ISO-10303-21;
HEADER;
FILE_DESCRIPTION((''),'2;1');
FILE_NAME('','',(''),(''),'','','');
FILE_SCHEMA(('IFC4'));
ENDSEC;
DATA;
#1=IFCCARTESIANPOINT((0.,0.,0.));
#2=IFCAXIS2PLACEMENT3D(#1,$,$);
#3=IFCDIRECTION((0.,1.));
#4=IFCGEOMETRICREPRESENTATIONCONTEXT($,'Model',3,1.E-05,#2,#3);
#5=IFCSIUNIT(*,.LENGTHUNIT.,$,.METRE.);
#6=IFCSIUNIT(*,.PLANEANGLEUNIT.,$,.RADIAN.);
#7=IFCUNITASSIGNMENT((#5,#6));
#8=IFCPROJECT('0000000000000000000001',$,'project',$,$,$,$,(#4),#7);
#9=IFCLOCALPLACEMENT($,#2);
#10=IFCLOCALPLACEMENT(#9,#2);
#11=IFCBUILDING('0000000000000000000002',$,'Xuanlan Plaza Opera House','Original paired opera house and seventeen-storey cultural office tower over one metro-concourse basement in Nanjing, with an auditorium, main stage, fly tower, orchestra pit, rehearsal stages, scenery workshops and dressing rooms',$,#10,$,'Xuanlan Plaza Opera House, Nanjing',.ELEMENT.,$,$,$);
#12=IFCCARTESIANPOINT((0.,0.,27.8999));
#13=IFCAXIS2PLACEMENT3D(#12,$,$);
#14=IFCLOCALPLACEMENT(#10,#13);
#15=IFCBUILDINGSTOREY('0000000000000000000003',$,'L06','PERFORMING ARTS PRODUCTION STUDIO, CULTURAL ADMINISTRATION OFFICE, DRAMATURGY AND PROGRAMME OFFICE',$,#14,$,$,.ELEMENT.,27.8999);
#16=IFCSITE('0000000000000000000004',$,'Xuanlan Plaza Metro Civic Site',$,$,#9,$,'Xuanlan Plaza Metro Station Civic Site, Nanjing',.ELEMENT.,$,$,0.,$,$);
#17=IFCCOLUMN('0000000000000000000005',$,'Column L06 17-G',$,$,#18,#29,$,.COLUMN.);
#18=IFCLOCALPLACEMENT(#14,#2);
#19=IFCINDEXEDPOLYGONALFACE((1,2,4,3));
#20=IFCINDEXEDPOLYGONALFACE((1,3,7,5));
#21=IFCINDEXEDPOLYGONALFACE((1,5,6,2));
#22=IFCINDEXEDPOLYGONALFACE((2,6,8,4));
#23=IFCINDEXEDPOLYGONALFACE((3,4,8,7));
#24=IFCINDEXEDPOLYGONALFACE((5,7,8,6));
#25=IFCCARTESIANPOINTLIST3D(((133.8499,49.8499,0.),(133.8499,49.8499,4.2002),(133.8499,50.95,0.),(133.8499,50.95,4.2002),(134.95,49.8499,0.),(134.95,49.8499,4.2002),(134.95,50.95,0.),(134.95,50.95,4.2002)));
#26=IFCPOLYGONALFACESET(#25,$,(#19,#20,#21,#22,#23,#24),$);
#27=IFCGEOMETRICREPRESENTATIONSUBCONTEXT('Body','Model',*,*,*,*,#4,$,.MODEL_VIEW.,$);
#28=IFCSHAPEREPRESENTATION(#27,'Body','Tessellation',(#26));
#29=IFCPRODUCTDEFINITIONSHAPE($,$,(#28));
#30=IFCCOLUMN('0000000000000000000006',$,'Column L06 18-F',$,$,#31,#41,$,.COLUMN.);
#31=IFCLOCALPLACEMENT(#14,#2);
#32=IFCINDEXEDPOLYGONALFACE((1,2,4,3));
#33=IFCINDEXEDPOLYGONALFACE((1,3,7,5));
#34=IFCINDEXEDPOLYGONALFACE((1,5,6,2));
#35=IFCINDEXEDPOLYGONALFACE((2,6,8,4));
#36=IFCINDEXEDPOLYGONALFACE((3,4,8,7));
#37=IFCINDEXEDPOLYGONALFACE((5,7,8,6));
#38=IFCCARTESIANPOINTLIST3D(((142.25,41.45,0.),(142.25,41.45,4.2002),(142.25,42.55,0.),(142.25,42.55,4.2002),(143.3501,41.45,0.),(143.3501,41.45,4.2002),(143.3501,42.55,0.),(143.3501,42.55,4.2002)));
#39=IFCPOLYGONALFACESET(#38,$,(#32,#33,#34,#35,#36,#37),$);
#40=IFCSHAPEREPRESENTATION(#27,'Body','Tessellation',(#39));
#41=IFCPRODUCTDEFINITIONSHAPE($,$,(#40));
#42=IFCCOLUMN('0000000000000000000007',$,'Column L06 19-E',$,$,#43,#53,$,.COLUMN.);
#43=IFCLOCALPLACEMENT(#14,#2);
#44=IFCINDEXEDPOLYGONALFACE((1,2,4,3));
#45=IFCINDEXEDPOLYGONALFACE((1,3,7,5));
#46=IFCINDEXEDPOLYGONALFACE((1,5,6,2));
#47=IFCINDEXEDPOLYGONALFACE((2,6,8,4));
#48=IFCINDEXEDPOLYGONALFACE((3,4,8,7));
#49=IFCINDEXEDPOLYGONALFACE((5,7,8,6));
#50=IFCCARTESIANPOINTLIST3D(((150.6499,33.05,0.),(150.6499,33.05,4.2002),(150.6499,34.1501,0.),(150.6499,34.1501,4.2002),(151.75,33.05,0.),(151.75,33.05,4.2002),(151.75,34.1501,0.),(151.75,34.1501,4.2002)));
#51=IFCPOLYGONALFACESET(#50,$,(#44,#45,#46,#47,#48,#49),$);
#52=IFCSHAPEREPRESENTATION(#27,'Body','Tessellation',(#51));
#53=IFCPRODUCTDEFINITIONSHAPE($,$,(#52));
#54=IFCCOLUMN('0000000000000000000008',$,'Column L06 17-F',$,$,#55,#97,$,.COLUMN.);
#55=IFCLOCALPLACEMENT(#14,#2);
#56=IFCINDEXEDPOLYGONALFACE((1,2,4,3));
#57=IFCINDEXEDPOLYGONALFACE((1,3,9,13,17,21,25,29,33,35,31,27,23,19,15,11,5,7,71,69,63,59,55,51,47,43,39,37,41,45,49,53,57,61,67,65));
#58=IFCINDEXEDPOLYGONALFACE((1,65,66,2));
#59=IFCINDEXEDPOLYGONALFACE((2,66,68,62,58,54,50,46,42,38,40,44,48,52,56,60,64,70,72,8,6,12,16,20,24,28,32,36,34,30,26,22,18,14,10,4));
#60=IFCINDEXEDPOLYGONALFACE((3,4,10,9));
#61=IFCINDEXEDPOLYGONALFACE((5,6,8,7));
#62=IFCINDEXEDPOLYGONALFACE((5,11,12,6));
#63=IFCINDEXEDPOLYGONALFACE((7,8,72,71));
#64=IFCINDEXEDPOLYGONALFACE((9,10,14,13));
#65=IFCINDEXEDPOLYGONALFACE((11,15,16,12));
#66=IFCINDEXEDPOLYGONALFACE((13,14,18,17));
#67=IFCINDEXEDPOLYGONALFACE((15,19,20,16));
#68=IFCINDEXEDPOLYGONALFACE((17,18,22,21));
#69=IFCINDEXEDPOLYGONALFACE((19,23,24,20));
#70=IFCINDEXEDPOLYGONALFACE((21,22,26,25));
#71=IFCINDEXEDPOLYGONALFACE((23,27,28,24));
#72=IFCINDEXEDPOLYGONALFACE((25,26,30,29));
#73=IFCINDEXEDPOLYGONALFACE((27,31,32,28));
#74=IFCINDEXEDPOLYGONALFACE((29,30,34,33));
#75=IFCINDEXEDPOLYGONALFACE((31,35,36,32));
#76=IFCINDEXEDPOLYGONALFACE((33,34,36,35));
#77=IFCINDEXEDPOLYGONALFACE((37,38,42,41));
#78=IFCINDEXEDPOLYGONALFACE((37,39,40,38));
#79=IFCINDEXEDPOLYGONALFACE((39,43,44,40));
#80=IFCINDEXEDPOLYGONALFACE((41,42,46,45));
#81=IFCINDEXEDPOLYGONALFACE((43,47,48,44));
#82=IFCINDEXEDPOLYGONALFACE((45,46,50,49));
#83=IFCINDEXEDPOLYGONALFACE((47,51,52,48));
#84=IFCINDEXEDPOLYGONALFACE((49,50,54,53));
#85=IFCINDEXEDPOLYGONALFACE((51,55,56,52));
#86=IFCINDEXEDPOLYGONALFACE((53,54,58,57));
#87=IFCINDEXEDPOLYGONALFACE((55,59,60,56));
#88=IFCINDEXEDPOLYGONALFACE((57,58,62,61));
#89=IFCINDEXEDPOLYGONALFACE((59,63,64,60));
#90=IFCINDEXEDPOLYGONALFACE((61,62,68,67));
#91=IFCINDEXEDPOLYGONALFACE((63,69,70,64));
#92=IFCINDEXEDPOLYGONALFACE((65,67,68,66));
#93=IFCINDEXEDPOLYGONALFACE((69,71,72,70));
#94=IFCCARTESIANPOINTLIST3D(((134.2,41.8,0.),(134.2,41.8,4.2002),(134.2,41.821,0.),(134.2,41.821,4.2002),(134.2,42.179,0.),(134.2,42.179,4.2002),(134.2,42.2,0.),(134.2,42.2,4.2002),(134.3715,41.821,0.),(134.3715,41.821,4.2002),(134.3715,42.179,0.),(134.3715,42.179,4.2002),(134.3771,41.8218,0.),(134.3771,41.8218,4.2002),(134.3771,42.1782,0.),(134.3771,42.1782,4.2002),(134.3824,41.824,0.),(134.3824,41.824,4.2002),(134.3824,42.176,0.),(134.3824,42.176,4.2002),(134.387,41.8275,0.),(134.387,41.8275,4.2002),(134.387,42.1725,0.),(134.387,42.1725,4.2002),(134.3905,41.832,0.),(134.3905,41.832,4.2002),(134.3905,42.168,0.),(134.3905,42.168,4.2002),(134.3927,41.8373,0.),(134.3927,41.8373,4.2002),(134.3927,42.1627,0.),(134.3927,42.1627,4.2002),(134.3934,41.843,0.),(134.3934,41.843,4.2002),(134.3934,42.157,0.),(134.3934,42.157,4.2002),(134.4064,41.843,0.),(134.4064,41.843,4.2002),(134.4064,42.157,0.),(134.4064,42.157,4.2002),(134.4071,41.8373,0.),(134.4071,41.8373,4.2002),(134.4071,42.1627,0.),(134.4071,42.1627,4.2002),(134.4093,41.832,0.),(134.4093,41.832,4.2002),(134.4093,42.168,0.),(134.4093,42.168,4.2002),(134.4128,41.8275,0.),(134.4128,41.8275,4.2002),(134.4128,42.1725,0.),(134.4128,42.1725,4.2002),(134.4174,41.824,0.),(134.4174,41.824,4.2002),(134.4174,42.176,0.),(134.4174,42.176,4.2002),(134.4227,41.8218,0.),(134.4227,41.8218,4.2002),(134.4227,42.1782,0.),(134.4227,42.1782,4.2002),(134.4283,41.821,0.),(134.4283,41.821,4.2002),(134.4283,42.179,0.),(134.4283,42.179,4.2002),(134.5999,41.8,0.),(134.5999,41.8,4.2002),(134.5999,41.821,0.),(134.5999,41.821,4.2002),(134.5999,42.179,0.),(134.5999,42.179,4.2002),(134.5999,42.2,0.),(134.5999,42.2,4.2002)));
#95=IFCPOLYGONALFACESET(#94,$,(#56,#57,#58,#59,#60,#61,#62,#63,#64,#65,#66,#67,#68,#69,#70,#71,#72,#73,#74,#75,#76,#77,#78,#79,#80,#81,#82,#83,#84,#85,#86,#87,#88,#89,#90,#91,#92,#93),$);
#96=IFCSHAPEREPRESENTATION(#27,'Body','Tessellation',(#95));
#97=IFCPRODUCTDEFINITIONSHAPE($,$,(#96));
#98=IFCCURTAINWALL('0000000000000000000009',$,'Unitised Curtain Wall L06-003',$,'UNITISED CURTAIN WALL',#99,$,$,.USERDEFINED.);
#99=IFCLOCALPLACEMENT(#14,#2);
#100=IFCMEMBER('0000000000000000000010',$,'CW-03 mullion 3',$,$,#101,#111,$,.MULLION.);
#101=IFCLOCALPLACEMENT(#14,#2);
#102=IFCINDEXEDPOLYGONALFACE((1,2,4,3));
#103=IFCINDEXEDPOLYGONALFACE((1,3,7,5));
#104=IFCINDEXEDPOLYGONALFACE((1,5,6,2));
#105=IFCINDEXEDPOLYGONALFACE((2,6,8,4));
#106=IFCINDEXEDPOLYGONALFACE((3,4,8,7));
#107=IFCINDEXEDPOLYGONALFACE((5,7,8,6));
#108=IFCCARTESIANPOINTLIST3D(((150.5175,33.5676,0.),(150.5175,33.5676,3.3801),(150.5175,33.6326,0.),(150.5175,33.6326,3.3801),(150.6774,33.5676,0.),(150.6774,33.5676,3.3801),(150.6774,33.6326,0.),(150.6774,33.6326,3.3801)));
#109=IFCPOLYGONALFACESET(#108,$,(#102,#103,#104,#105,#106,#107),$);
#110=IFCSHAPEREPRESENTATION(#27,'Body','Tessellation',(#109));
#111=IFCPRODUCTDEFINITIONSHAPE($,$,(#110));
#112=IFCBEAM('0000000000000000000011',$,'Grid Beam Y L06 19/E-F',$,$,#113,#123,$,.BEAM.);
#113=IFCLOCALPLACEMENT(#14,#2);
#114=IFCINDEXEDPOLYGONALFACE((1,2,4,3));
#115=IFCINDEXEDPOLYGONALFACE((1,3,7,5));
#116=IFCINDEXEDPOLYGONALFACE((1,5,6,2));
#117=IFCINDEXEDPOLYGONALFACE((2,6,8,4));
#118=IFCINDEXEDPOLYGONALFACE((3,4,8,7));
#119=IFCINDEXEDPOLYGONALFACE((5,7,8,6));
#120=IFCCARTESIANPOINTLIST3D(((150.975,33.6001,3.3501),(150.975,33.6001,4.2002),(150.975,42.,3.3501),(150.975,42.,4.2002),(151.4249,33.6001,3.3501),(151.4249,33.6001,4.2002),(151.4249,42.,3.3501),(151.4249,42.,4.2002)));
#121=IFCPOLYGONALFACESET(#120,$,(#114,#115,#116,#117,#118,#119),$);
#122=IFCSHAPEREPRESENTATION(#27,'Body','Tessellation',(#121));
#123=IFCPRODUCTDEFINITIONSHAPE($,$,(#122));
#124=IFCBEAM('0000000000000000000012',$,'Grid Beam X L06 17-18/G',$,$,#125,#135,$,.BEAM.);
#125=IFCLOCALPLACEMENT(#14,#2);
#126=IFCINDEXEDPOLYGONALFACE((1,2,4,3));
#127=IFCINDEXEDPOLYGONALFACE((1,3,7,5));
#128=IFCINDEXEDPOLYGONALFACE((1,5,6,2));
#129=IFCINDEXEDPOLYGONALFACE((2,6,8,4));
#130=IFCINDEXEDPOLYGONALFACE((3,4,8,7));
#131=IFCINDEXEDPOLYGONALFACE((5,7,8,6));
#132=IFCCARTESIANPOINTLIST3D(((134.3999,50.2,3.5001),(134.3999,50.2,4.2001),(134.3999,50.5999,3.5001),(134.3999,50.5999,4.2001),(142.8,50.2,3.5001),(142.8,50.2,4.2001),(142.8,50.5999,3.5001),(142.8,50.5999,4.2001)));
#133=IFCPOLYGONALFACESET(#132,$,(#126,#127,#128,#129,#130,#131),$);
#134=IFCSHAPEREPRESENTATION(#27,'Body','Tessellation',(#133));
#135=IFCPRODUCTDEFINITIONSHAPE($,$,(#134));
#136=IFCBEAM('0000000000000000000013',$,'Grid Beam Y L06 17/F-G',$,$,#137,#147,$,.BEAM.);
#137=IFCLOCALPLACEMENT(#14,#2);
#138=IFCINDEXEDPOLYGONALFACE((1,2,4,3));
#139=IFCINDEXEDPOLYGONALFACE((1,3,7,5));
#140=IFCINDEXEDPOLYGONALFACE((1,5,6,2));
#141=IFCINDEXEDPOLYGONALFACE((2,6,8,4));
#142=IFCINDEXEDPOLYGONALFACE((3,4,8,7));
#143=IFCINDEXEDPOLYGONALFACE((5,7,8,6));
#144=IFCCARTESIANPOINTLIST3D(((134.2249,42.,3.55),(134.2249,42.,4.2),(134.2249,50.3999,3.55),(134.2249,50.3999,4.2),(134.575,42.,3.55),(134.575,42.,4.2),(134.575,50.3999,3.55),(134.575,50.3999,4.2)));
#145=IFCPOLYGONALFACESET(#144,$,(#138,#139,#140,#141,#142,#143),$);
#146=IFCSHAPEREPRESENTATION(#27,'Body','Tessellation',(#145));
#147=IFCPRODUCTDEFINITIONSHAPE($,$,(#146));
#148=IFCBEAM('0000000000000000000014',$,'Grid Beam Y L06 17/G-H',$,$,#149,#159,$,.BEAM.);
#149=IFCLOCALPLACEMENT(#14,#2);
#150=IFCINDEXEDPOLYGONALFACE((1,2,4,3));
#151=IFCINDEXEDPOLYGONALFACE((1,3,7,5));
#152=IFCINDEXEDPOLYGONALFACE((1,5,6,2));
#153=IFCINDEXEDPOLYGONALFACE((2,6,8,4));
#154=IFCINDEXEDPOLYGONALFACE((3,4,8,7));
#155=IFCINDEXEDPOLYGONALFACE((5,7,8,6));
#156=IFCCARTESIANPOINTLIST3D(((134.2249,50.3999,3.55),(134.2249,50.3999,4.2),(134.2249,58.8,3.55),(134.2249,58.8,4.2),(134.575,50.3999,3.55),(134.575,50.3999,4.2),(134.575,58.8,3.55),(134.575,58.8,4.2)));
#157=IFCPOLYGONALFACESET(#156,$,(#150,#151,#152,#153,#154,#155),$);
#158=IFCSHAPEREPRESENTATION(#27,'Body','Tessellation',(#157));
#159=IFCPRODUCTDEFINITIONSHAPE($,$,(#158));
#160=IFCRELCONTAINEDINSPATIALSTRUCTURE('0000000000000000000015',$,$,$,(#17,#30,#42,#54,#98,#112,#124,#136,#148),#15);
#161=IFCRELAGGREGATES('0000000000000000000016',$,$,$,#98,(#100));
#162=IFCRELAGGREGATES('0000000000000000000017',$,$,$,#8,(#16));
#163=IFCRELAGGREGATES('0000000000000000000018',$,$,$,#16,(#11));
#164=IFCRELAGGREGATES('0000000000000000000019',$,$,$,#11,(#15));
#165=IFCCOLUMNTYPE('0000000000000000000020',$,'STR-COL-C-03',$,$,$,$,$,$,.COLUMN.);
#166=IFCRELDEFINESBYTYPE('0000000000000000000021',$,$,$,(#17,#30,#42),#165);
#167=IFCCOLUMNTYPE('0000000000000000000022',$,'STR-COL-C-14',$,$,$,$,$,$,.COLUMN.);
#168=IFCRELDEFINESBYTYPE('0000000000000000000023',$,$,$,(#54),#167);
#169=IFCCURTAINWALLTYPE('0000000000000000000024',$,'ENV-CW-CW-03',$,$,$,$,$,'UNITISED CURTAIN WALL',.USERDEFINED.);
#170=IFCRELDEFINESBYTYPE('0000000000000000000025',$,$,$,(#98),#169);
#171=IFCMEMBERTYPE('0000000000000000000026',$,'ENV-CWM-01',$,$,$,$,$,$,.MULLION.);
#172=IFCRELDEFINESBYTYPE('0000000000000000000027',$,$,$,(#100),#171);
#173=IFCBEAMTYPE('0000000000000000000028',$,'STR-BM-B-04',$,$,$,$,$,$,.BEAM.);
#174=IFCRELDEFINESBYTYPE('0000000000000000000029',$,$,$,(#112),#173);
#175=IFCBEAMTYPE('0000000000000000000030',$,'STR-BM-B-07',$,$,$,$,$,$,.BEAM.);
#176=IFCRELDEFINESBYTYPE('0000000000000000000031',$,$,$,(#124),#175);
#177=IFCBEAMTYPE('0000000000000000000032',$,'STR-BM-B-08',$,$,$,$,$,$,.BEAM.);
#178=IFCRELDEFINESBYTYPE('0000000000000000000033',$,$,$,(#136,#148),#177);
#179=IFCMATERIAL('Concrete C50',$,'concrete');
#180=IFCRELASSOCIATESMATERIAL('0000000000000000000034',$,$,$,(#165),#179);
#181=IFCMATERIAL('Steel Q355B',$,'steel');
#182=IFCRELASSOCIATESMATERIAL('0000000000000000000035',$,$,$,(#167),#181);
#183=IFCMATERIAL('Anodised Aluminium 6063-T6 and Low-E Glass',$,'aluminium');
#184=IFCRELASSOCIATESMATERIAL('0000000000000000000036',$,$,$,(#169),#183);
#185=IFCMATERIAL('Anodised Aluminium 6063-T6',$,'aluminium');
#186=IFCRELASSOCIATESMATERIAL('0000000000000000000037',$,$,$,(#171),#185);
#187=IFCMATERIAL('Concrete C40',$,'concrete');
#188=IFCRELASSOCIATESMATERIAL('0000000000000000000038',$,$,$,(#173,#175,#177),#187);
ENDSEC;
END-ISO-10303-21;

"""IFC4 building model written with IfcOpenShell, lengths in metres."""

from ifc_helpers import new_model, si_unit, direction, frame, origin, origin_2d, place, context, subcontext, project, spatial, rectangle, i_section, extrude, material, material_profile, profile_set, type_object, element, aggregate, save


model = new_model("IFC4")

# Units and contexts
model_context = context("Model", 3, precision=1e-05, world=origin(), true_north=direction((0.0, 1.0)))
body_context = subcontext(model_context, "Body", "Model", "MODEL_VIEW")
ifc_project = project(units=[si_unit("LENGTHUNIT", "METRE"), si_unit("PLANEANGLEUNIT", "RADIAN")], contexts=[model_context])

# Site, building, storey
site_placement = place(None, origin())
site = spatial("IfcSite", under=ifc_project, at=site_placement, Name="Xuanlan Plaza Metro Civic Site", LongName="Xuanlan Plaza Metro Station Civic Site, Nanjing", CompositionType="ELEMENT", RefElevation=0.0)
building_placement = place(site_placement, origin())
building = spatial("IfcBuilding", under=site, at=building_placement, Name="Xuanlan Plaza Opera House", Description="Original paired opera house and seventeen-storey cultural office tower over one metro-concourse basement in Nanjing, with an auditorium, main stage, fly tower, orchestra pit, rehearsal stages, scenery workshops and dressing rooms", LongName="Xuanlan Plaza Opera House, Nanjing", CompositionType="ELEMENT")
storey_placement = place(building_placement, frame((0.0, 0.0, 27.8999)))
storey = spatial("IfcBuildingStorey", under=building, at=storey_placement, Name="L06", Description="PERFORMING ARTS PRODUCTION STUDIO, CULTURAL ADMINISTRATION OFFICE, DRAMATURGY AND PROGRAMME OFFICE", CompositionType="ELEMENT", Elevation=27.8999)

# Columns
ifc_material_1 = material(Name="Concrete C50", Category="concrete")
ifc_material_profile_1 = material_profile(ifc_material_1, rectangle(XDim=1.1001, YDim=1.1001, at=origin_2d()), Name="RC-COL 1100x1100")
ifc_profile_set_1 = profile_set([ifc_material_profile_1], Name="Concrete C50")
column_type_1 = type_object("IfcColumnType", Name="STR-COL-C-03", PredefinedType="COLUMN", material=ifc_profile_set_1)
for number, where, z_axis, x_axis, name in (
    (1, (134.3999, 50.3999, 0.0), (0.0, 0.0, 1.0), (1.0, 0.0, 0.0), "Column L06 17-G"),
    (2, (142.8, 42.0, 0.0), (0.0, 0.0, 1.0), (1.0, 0.0, 0.0), "Column L06 18-F"),
    (3, (151.2, 33.6001, 0.0), (0.0, 0.0, 1.0), (1.0, 0.0, 0.0), "Column L06 19-E"),
):
    element("IfcColumn", number, at=place(storey_placement, frame(where, z_axis=z_axis, x_axis=x_axis)), inside=storey, type_object=column_type_1, Name=name, PredefinedType="COLUMN", context=body_context, shape_type="SweptSolid", body=[
        extrude(rectangle(XDim=1.1001, YDim=1.1001, at=origin_2d()), origin(), (0.0, 0.0, 1.0), 4.2002),
    ])
ifc_material_2 = material(Name="Steel Q355B", Category="steel")
ifc_material_profile_2 = material_profile(ifc_material_2, i_section(OverallWidth=0.3999, OverallDepth=0.3999, WebThickness=0.0129, FlangeThickness=0.021, FilletRadius=0.022, at=origin_2d()), Name="HW 400x400x13x21")
ifc_profile_set_2 = profile_set([ifc_material_profile_2], Name="Steel Q355B")
column_type_2 = type_object("IfcColumnType", Name="STR-COL-C-14", PredefinedType="COLUMN", material=ifc_profile_set_2)
column_placement = place(storey_placement, frame((134.3999, 42.0, 0.0), z_axis=(0.0, 0.0, 1.0), x_axis=(1.0, 0.0, 0.0)))
element("IfcColumn", 4, at=column_placement, inside=storey, type_object=column_type_2, Name="Column L06 17-F", PredefinedType="COLUMN", context=body_context, shape_type="SweptSolid", body=[
    extrude(i_section(OverallWidth=0.3999, OverallDepth=0.3999, WebThickness=0.0129, FlangeThickness=0.021, FilletRadius=0.022, at=origin_2d()), origin(), (0.0, 0.0, 1.0), 4.2002),
])

# Curtain wall, member
ifc_material_3 = material(Name="Anodised Aluminium 6063-T6 and Low-E Glass", Category="aluminium")
curtain_wall_type = type_object("IfcCurtainWallType", Name="ENV-CW-CW-03", ElementType="UNITISED CURTAIN WALL", PredefinedType="USERDEFINED", material=ifc_material_3)
curtain_wall_placement = place(storey_placement, origin())
curtain_wall = element("IfcCurtainWall", 5, at=curtain_wall_placement, inside=storey, type_object=curtain_wall_type, Name="Unitised Curtain Wall L06-003", ObjectType="UNITISED CURTAIN WALL", PredefinedType="USERDEFINED")
ifc_material_4 = material(Name="Anodised Aluminium 6063-T6", Category="aluminium")
ifc_material_profile_3 = material_profile(ifc_material_4, rectangle(XDim=0.0649, YDim=0.1599, at=origin_2d()), Name="ALU-M 65x160")
ifc_profile_set_3 = profile_set([ifc_material_profile_3], Name="Anodised Aluminium 6063-T6")
member_type = type_object("IfcMemberType", Name="ENV-CWM-01", PredefinedType="MULLION", material=ifc_profile_set_3)
member_placement = place(storey_placement, frame((150.5974, 33.6001, 0.0), z_axis=(0.0, 0.0, 1.0), x_axis=(0.0, 1.0, 0.0)))
member = element("IfcMember", 6, at=member_placement, type_object=member_type, Name="CW-03 mullion 3", PredefinedType="MULLION", context=body_context, shape_type="SweptSolid", body=[
    extrude(rectangle(XDim=0.0649, YDim=0.1599, at=origin_2d()), origin(), (0.0, 0.0, 1.0), 3.3801),
])
aggregate(curtain_wall, [member])

# Beams
ifc_material_5 = material(Name="Concrete C40", Category="concrete")
ifc_material_profile_4 = material_profile(ifc_material_5, rectangle(XDim=0.45, YDim=0.8501, at=origin_2d()), Name="RC-BM 450x850")
ifc_profile_set_4 = profile_set([ifc_material_profile_4], Name="Concrete C40")
beam_type_1 = type_object("IfcBeamType", Name="STR-BM-B-04", PredefinedType="BEAM", material=ifc_profile_set_4)
beam_1_placement = place(storey_placement, frame((151.2, 33.6001, 3.7751), z_axis=(0.0, 1.0, 0.0), x_axis=(-1.0, 0.0, 0.0)))
element("IfcBeam", 7, at=beam_1_placement, inside=storey, type_object=beam_type_1, Name="Grid Beam Y L06 19/E-F", PredefinedType="BEAM", context=body_context, shape_type="SweptSolid", body=[
    extrude(rectangle(XDim=0.45, YDim=0.8501, at=origin_2d()), origin(), (0.0, 0.0, 1.0), 8.3999),
])
ifc_material_profile_5 = material_profile(ifc_material_5, rectangle(XDim=0.3999, YDim=0.7, at=origin_2d()), Name="RC-BM 400x700")
ifc_profile_set_5 = profile_set([ifc_material_profile_5], Name="Concrete C40")
beam_type_2 = type_object("IfcBeamType", Name="STR-BM-B-07", PredefinedType="BEAM", material=ifc_profile_set_5)
beam_2_placement = place(storey_placement, frame((134.3999, 50.3999, 3.8501), z_axis=(1.0, 0.0, 0.0), x_axis=(0.0, 1.0, 0.0)))
element("IfcBeam", 8, at=beam_2_placement, inside=storey, type_object=beam_type_2, Name="Grid Beam X L06 17-18/G", PredefinedType="BEAM", context=body_context, shape_type="SweptSolid", body=[
    extrude(rectangle(XDim=0.3999, YDim=0.7, at=origin_2d()), origin(), (0.0, 0.0, 1.0), 8.4001),
])
ifc_material_profile_6 = material_profile(ifc_material_5, rectangle(XDim=0.3501, YDim=0.6499, at=origin_2d()), Name="RC-BM 350x650")
ifc_profile_set_6 = profile_set([ifc_material_profile_6], Name="Concrete C40")
beam_type_3 = type_object("IfcBeamType", Name="STR-BM-B-08", PredefinedType="BEAM", material=ifc_profile_set_6)
beam_3_placement = place(storey_placement, frame((134.3999, 42.0, 3.875), z_axis=(0.0, 1.0, 0.0), x_axis=(-1.0, 0.0, 0.0)))
element("IfcBeam", 9, at=beam_3_placement, inside=storey, type_object=beam_type_3, Name="Grid Beam Y L06 17/F-G", PredefinedType="BEAM", context=body_context, shape_type="SweptSolid", body=[
    extrude(rectangle(XDim=0.3501, YDim=0.6499, at=origin_2d()), origin(), (0.0, 0.0, 1.0), 8.3999),
])
beam_4_placement = place(storey_placement, frame((134.3999, 50.3999, 3.875), z_axis=(0.0, 1.0, 0.0), x_axis=(-1.0, 0.0, 0.0)))
element("IfcBeam", 10, at=beam_4_placement, inside=storey, type_object=beam_type_3, Name="Grid Beam Y L06 17/G-H", PredefinedType="BEAM", context=body_context, shape_type="SweptSolid", body=[
    extrude(rectangle(XDim=0.3501, YDim=0.6499, at=origin_2d()), origin(), (0.0, 0.0, 1.0), 8.4001),
])

save(model, "model.ifc")
